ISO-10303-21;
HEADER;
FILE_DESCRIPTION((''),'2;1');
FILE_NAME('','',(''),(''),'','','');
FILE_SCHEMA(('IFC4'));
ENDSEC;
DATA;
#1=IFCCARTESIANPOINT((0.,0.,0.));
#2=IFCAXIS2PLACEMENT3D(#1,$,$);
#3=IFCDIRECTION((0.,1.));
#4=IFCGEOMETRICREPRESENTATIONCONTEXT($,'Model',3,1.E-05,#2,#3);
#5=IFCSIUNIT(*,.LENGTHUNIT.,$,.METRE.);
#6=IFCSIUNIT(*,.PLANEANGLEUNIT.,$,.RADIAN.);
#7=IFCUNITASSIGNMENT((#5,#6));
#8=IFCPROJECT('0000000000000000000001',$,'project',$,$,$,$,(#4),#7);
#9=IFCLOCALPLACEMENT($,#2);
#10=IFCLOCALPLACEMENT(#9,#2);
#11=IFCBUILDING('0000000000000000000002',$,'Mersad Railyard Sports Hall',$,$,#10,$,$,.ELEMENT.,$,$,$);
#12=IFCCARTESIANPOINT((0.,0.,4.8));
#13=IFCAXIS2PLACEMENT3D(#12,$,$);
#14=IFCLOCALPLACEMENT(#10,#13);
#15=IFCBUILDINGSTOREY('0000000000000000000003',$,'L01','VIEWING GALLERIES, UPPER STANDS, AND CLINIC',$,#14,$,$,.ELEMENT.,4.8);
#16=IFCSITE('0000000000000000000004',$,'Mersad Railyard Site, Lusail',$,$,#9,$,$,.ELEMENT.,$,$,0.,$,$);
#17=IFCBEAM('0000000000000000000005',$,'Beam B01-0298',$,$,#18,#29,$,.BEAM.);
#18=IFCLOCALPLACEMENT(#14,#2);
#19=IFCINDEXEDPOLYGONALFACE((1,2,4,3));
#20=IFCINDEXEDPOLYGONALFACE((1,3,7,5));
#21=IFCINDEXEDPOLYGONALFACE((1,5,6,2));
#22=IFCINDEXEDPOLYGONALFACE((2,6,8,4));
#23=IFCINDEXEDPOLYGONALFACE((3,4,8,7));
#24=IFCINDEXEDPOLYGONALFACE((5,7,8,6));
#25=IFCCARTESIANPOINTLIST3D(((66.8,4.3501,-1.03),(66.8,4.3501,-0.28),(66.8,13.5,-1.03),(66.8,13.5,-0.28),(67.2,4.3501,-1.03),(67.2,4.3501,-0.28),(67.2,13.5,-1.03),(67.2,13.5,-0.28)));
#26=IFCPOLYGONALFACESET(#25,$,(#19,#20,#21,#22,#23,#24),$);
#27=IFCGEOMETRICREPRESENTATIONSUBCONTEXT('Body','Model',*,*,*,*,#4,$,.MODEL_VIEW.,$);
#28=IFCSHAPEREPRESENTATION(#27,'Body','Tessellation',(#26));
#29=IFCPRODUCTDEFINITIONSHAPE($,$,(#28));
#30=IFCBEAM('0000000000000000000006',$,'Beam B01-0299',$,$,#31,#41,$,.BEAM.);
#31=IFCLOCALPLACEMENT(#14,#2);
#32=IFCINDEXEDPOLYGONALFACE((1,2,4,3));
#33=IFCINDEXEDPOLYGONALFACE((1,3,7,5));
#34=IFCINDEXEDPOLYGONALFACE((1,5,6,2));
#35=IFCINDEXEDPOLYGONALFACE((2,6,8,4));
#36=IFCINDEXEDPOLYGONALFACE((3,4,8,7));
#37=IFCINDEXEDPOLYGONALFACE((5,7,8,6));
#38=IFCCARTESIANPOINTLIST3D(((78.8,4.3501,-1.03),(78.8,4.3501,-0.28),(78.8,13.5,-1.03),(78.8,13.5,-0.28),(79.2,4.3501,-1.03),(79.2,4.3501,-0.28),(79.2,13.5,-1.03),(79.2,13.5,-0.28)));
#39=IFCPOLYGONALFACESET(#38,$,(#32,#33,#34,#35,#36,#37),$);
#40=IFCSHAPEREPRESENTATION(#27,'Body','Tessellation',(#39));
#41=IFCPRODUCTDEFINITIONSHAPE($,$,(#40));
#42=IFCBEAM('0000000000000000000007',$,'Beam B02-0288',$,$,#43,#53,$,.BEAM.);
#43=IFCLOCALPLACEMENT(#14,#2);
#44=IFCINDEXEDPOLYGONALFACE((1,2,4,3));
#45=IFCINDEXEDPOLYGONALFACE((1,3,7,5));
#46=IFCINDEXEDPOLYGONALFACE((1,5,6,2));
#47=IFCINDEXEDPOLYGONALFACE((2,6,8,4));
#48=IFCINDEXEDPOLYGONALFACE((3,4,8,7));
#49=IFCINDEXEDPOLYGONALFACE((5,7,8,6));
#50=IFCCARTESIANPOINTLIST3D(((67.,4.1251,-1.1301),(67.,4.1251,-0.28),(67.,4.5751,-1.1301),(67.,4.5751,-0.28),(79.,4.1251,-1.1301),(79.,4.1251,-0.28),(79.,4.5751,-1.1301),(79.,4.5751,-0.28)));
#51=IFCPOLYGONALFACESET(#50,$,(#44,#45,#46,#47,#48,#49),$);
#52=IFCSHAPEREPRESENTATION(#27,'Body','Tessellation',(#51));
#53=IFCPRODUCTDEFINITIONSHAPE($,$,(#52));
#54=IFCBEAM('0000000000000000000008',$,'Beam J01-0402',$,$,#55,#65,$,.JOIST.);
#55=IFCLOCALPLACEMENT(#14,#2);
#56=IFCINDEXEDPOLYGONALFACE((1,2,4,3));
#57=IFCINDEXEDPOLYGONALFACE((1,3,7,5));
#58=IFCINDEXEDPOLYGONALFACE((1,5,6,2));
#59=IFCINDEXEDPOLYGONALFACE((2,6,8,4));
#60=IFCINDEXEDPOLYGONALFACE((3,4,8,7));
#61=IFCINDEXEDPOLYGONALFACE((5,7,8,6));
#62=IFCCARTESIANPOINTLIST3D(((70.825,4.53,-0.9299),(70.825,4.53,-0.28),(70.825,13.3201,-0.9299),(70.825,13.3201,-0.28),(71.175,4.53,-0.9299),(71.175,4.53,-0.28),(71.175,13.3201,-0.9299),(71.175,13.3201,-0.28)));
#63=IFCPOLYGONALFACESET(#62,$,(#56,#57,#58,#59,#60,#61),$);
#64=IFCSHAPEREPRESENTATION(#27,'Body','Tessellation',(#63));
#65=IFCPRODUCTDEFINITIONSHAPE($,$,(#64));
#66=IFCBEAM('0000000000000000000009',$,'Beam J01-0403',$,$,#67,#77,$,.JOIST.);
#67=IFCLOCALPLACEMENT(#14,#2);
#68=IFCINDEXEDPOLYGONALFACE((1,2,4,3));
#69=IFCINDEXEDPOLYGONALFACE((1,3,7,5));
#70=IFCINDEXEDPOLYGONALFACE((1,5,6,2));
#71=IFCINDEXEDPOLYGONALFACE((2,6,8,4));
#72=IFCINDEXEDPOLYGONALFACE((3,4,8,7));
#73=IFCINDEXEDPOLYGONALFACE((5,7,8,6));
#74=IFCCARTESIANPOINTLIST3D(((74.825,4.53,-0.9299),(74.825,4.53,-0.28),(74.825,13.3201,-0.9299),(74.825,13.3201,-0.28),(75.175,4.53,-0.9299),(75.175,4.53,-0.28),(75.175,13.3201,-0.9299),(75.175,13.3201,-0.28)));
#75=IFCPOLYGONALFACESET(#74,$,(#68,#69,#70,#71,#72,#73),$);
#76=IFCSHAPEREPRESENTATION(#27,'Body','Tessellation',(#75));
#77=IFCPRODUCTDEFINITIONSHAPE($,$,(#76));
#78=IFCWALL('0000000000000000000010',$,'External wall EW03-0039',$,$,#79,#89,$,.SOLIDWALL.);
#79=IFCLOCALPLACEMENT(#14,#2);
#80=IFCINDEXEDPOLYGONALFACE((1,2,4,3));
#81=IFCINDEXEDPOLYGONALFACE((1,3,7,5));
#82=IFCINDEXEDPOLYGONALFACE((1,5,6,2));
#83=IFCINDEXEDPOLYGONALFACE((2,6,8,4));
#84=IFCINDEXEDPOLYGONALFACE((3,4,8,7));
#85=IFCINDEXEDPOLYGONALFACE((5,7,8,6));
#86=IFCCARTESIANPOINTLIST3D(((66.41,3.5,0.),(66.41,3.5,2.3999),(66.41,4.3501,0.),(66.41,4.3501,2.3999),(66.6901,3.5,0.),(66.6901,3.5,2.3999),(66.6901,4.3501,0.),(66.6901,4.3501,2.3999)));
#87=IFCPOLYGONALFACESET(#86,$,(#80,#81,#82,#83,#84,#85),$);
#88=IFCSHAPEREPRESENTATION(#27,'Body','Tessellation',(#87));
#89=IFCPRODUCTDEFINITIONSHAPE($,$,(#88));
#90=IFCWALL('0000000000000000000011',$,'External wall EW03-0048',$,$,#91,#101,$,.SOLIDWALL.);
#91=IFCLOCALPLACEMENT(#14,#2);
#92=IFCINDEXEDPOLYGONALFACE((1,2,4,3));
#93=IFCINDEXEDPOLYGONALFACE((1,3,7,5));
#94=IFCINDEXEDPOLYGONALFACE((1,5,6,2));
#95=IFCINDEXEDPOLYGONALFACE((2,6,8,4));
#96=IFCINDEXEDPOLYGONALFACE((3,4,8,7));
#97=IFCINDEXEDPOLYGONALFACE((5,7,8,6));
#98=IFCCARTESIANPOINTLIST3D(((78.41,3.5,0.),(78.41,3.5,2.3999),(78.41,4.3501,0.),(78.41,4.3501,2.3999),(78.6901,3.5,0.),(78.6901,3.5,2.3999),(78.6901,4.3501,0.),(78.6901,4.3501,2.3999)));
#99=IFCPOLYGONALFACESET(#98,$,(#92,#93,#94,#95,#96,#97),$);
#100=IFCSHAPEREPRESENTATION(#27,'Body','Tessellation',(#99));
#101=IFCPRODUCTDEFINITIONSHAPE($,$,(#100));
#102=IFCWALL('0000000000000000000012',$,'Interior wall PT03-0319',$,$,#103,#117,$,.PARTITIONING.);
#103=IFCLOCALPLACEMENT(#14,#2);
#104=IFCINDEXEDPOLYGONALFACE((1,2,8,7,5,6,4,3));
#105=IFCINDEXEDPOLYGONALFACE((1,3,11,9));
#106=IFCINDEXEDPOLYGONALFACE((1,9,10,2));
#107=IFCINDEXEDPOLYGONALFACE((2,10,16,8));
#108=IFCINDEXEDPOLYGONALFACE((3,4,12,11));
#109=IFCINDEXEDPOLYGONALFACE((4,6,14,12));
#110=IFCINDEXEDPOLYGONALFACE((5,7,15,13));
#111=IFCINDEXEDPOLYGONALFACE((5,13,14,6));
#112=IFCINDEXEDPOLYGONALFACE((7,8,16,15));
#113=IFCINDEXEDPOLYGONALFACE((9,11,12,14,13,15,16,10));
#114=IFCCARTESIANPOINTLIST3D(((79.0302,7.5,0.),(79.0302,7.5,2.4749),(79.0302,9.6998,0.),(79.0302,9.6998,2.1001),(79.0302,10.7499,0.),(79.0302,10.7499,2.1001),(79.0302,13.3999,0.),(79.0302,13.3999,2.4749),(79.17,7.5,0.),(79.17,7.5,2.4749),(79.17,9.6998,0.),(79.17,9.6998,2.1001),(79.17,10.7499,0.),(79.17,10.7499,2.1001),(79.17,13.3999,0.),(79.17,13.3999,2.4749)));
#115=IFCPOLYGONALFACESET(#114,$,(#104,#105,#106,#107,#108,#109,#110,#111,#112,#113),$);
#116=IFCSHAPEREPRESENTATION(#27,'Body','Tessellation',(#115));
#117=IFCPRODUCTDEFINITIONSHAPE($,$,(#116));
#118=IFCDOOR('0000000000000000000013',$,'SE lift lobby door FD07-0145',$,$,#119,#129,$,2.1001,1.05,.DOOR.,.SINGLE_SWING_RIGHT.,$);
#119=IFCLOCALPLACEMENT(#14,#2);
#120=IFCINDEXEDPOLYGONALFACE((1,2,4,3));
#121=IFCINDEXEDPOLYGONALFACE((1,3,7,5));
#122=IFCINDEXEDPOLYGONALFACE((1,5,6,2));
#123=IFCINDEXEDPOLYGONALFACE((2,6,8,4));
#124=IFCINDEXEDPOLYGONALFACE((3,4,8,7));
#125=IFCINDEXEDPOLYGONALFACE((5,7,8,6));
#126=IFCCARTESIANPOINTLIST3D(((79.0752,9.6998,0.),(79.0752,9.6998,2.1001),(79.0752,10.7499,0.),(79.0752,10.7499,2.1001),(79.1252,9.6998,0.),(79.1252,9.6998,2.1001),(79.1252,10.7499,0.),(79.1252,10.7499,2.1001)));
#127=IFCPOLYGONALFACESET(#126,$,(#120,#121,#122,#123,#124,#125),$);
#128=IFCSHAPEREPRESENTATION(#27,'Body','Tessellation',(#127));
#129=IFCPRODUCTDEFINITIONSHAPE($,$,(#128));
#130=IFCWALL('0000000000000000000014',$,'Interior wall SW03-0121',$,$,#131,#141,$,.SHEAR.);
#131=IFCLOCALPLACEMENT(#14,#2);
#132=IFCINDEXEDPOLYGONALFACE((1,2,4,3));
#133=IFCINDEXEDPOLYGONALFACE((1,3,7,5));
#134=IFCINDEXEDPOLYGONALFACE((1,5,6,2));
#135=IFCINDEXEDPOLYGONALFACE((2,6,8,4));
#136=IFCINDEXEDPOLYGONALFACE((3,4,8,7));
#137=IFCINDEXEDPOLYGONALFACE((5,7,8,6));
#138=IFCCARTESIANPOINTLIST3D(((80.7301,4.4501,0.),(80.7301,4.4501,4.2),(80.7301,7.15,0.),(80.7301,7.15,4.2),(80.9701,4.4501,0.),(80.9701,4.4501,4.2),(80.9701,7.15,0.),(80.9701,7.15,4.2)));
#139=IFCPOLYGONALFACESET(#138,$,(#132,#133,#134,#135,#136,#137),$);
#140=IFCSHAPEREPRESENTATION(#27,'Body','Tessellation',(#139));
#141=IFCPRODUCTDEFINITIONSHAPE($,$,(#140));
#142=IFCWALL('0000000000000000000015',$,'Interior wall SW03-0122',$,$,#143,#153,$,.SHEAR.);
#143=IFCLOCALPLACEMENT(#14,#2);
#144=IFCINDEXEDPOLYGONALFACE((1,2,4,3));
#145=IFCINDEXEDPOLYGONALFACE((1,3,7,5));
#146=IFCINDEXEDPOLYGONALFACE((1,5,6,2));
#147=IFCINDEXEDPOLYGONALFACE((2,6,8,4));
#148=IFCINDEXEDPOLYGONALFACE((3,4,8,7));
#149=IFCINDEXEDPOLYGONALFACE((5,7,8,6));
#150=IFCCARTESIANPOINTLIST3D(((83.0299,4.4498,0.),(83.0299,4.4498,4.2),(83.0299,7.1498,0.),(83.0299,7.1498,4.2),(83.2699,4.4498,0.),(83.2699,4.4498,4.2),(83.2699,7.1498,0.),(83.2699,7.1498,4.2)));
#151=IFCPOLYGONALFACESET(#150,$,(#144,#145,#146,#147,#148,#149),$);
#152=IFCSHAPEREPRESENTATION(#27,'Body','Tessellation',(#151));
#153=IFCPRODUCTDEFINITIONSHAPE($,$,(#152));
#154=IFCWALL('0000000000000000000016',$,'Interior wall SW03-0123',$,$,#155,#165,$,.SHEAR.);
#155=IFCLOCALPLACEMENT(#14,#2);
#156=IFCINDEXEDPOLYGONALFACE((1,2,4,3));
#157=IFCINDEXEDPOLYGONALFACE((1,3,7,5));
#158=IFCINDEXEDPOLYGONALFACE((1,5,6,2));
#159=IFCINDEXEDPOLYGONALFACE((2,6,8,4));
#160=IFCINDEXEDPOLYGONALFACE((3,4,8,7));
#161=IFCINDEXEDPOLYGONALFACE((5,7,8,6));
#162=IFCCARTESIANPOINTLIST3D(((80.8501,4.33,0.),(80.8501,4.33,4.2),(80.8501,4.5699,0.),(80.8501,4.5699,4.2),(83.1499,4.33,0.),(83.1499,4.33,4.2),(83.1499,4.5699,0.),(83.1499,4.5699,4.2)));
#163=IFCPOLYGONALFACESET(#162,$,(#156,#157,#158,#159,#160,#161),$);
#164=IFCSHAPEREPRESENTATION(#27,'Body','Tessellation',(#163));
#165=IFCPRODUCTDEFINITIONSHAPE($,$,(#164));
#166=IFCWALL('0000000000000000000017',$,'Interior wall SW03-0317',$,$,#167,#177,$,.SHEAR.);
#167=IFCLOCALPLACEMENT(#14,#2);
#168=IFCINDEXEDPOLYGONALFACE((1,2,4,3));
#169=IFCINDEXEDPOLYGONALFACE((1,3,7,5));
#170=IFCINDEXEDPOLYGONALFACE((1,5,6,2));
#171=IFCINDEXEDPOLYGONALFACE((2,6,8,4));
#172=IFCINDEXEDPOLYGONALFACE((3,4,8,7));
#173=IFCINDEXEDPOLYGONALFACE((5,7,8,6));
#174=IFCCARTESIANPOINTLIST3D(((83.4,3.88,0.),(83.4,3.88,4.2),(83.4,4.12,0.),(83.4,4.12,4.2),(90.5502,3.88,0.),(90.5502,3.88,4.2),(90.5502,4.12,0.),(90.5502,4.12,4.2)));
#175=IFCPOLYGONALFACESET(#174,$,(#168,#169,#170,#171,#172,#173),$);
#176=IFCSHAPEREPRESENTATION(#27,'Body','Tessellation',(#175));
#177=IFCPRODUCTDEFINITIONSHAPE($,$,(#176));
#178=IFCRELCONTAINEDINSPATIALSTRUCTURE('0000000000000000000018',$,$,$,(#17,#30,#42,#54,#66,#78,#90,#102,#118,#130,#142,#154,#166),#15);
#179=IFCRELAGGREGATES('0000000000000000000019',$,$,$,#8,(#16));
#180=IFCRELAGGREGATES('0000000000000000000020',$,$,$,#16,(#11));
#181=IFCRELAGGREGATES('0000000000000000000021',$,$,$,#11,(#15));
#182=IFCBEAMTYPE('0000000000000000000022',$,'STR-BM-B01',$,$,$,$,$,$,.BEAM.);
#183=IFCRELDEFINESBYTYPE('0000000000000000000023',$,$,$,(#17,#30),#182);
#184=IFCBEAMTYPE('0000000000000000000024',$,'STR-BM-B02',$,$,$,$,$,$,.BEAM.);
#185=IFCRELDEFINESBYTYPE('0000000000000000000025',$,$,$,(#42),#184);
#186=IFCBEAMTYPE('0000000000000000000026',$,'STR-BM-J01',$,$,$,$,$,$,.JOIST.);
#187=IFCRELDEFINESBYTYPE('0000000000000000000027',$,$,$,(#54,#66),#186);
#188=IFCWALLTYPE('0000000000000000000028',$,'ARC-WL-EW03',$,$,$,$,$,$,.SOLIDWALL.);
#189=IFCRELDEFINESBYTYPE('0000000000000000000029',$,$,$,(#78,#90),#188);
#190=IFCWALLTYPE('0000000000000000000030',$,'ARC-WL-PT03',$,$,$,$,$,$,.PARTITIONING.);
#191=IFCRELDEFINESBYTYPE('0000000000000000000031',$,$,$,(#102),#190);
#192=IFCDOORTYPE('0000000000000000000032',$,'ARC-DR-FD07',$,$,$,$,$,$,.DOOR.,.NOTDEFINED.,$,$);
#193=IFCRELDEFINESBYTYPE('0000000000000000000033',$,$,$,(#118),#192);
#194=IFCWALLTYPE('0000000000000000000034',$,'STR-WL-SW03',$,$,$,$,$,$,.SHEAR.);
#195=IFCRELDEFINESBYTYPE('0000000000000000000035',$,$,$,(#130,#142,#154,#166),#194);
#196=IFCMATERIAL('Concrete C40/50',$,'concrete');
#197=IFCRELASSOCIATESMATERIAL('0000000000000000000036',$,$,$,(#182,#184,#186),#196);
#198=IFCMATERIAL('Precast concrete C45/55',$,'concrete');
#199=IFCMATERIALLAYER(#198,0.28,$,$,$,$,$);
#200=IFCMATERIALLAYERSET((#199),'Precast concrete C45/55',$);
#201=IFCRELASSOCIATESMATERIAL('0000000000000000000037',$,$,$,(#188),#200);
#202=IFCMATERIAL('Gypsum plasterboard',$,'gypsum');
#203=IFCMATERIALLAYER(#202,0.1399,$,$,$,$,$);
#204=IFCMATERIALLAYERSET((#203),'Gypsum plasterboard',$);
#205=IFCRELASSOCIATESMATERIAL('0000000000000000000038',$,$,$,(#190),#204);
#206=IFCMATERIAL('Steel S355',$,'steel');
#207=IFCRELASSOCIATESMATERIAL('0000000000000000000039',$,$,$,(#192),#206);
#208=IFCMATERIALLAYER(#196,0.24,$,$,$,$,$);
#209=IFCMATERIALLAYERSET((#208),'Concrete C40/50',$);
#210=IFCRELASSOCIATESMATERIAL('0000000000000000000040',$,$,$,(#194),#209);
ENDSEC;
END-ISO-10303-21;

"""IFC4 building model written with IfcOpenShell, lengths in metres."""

from ifc_helpers import new_model, si_unit, direction, frame, frame_2d, origin, origin_2d, place, context, subcontext, project, spatial, rectangle, extrude, material, layer, layer_set, material_profile, profile_set, type_object, element, fill, save


model = new_model("IFC4")

# Units and contexts
model_context = context("Model", 3, precision=1e-05, world=origin(), true_north=direction((0.0, 1.0)))
body_context = subcontext(model_context, "Body", "Model", "MODEL_VIEW")
ifc_project = project(units=[si_unit("LENGTHUNIT", "METRE"), si_unit("PLANEANGLEUNIT", "RADIAN")], contexts=[model_context])

# Site, building, storey
site_placement = place(None, origin())
site = spatial("IfcSite", under=ifc_project, at=site_placement, Name="Mersad Railyard Site, Lusail", CompositionType="ELEMENT", RefElevation=0.0)
building_placement = place(site_placement, origin())
building = spatial("IfcBuilding", under=site, at=building_placement, Name="Mersad Railyard Sports Hall", CompositionType="ELEMENT")
storey_placement = place(building_placement, frame((0.0, 0.0, 4.8)))
storey = spatial("IfcBuildingStorey", under=building, at=storey_placement, Name="L01", Description="VIEWING GALLERIES, UPPER STANDS, AND CLINIC", CompositionType="ELEMENT", Elevation=4.8)

# Beams
ifc_material_1 = material(Name="Concrete C40/50", Category="concrete")
ifc_material_profile_1 = material_profile(ifc_material_1, rectangle(XDim=0.3999, YDim=0.75, at=origin_2d()), Name="RC 400x750")
ifc_profile_set_1 = profile_set([ifc_material_profile_1], Name="Concrete C40/50")
beam_type_1 = type_object("IfcBeamType", Name="STR-BM-B01", PredefinedType="BEAM", material=ifc_profile_set_1)
for number, where, z_axis, x_axis, name in (
    (1, (67.0, 4.3501, -0.655), (0.0, 1.0, 0.0), (-1.0, 0.0, 0.0), "Beam B01-0298"),
    (2, (79.0, 4.3501, -0.655), (0.0, 1.0, 0.0), (-1.0, 0.0, 0.0), "Beam B01-0299"),
):
    element("IfcBeam", number, at=place(storey_placement, frame(where, z_axis=z_axis, x_axis=x_axis)), inside=storey, type_object=beam_type_1, Name=name, PredefinedType="BEAM", context=body_context, shape_type="SweptSolid", body=[
        extrude(rectangle(XDim=0.3999, YDim=0.75, at=origin_2d()), origin(), (0.0, 0.0, 1.0), 9.1499),
    ])
ifc_material_profile_2 = material_profile(ifc_material_1, rectangle(XDim=0.45, YDim=0.8501, at=origin_2d()), Name="RC 450x850")
ifc_profile_set_2 = profile_set([ifc_material_profile_2], Name="Concrete C40/50")
beam_type_2 = type_object("IfcBeamType", Name="STR-BM-B02", PredefinedType="BEAM", material=ifc_profile_set_2)
beam_placement = place(storey_placement, frame((67.0, 4.3501, -0.7051), z_axis=(1.0, 0.0, 0.0), x_axis=(0.0, 1.0, 0.0)))
element("IfcBeam", 3, at=beam_placement, inside=storey, type_object=beam_type_2, Name="Beam B02-0288", PredefinedType="BEAM", context=body_context, shape_type="SweptSolid", body=[
    extrude(rectangle(XDim=0.45, YDim=0.8501, at=origin_2d()), origin(), (0.0, 0.0, 1.0), 12.0),
])
ifc_material_profile_3 = material_profile(ifc_material_1, rectangle(XDim=0.3501, YDim=0.6499, at=origin_2d()), Name="RC 350x650")
ifc_profile_set_3 = profile_set([ifc_material_profile_3], Name="Concrete C40/50")
beam_type_3 = type_object("IfcBeamType", Name="STR-BM-J01", PredefinedType="JOIST", material=ifc_profile_set_3)
for number, where, z_axis, x_axis, name in (
    (4, (71.0, 4.53, -0.605), (0.0, 1.0, 0.0), (-1.0, 0.0, 0.0), "Beam J01-0402"),
    (5, (75.0, 4.53, -0.605), (0.0, 1.0, 0.0), (-1.0, 0.0, 0.0), "Beam J01-0403"),
):
    element("IfcBeam", number, at=place(storey_placement, frame(where, z_axis=z_axis, x_axis=x_axis)), inside=storey, type_object=beam_type_3, Name=name, PredefinedType="JOIST", context=body_context, shape_type="SweptSolid", body=[
        extrude(rectangle(XDim=0.3501, YDim=0.6499, at=origin_2d()), origin(), (0.0, 0.0, 1.0), 8.79),
    ])

# Walls
ifc_material_2 = material(Name="Precast concrete C45/55", Category="concrete")
ifc_layer_1 = layer(ifc_material_2, 0.28)
ifc_layer_set_1 = layer_set([ifc_layer_1], Name="Precast concrete C45/55")
wall_type_1 = type_object("IfcWallType", Name="ARC-WL-EW03", PredefinedType="SOLIDWALL", material=ifc_layer_set_1)
for number, where, z_axis, x_axis, name in (
    (6, (66.55, 4.3501, 0.0), (0.0, 0.0, 1.0), (0.0, -1.0, 0.0), "External wall EW03-0039"),
    (7, (78.55, 4.3501, 0.0), (0.0, 0.0, 1.0), (0.0, -1.0, 0.0), "External wall EW03-0048"),
):
    element("IfcWall", number, at=place(storey_placement, frame(where, z_axis=z_axis, x_axis=x_axis)), inside=storey, type_object=wall_type_1, Name=name, PredefinedType="SOLIDWALL", context=body_context, shape_type="SweptSolid", body=[
        extrude(rectangle(XDim=0.8501, YDim=0.28, at=frame_2d((0.425, 0.0))), origin(), (0.0, 0.0, 1.0), 2.3999),
    ])

# Wall, opening, door
ifc_material_3 = material(Name="Gypsum plasterboard", Category="gypsum")
ifc_layer_2 = layer(ifc_material_3, 0.1399)
ifc_layer_set_2 = layer_set([ifc_layer_2], Name="Gypsum plasterboard")
wall_type_2 = type_object("IfcWallType", Name="ARC-WL-PT03", PredefinedType="PARTITIONING", material=ifc_layer_set_2)
wall_1_placement = place(storey_placement, frame((79.1001, 7.5, 0.0), z_axis=(0.0, 0.0, 1.0), x_axis=(0.0, 1.0, 0.0)))
wall_1 = element("IfcWall", 8, at=wall_1_placement, inside=storey, type_object=wall_type_2, Name="Interior wall PT03-0319", PredefinedType="PARTITIONING", context=body_context, shape_type="SweptSolid", body=[
    extrude(rectangle(XDim=5.8999, YDim=0.1399, at=frame_2d((2.95, 0.0))), origin(), (0.0, 0.0, 1.0), 2.4749),
])
opening_1_placement = place(wall_1_placement, frame((2.2, 0.0, 0.0)))
opening_1 = element("IfcOpeningElement", 9, at=opening_1_placement, cuts=wall_1, PredefinedType="OPENING", context=body_context, shape_type="SweptSolid", body=[
    extrude(rectangle(XDim=1.05, YDim=2.1001, at=frame_2d((0.5249, 1.05))), frame((0.0, 0.0798, 0.0), z_axis=(0.0, -1.0, 0.0), x_axis=(1.0, 0.0, 0.0)), (0.0, 0.0, 1.0), 0.1599),
])
ifc_material_4 = material(Name="Steel S355", Category="steel")
door_type_1 = type_object("IfcDoorType", Name="ARC-DR-FD07", OperationType="NOTDEFINED", PredefinedType="DOOR", material=ifc_material_4)
door_1_placement = place(opening_1_placement, origin())
door_1 = element("IfcDoor", 10, at=door_1_placement, inside=storey, type_object=door_type_1, Name="SE lift lobby door FD07-0145", OperationType="SINGLE_SWING_RIGHT", OverallHeight=2.1001, OverallWidth=1.05, PredefinedType="DOOR", context=body_context, shape_type="SweptSolid", body=[
    extrude(rectangle(XDim=1.05, YDim=2.1001, at=frame_2d((0.5249, 1.05))), frame((0.0, 0.0249, 0.0), z_axis=(0.0, -1.0, 0.0), x_axis=(1.0, 0.0, 0.0)), (0.0, 0.0, 1.0), 0.05),
])
fill(opening_1, door_1)

# Walls
ifc_layer_3 = layer(ifc_material_1, 0.24)
ifc_layer_set_3 = layer_set([ifc_layer_3], Name="Concrete C40/50")
wall_type_3 = type_object("IfcWallType", Name="STR-WL-SW03", PredefinedType="SHEAR", material=ifc_layer_set_3)
for number, where, z_axis, x_axis, name in (
    (11, (80.8501, 4.45, 0.0), (0.0, 0.0, 1.0), (0.0, 1.0, 0.0), "Interior wall SW03-0121"),
    (12, (83.1499, 7.1499, 0.0), (0.0, 0.0, 1.0), (0.0, -1.0, 0.0), "Interior wall SW03-0122"),
):
    element("IfcWall", number, at=place(storey_placement, frame(where, z_axis=z_axis, x_axis=x_axis)), inside=storey, type_object=wall_type_3, Name=name, PredefinedType="SHEAR", context=body_context, shape_type="SweptSolid", body=[
        extrude(rectangle(XDim=2.7, YDim=0.24, at=frame_2d((1.3501, 0.0))), origin(), (0.0, 0.0, 1.0), 4.2),
    ])
wall_2_placement = place(storey_placement, frame((83.1499, 4.45, 0.0), z_axis=(0.0, 0.0, 1.0), x_axis=(-1.0, 0.0, 0.0)))
element("IfcWall", 13, at=wall_2_placement, inside=storey, type_object=wall_type_3, Name="Interior wall SW03-0123", PredefinedType="SHEAR", context=body_context, shape_type="SweptSolid", body=[
    extrude(rectangle(XDim=2.2998, YDim=0.24, at=frame_2d((1.1499, 0.0))), origin(), (0.0, 0.0, 1.0), 4.2),
])

# Wall
wall_3_placement = place(storey_placement, frame((83.3999, 4.0, 0.0), z_axis=(0.0, 0.0, 1.0), x_axis=(1.0, 0.0, 0.0)))
element("IfcWall", 14, at=wall_3_placement, inside=storey, type_object=wall_type_3, Name="Interior wall SW03-0317", PredefinedType="SHEAR", context=body_context, shape_type="SweptSolid", body=[
    extrude(rectangle(XDim=7.1501, YDim=0.24, at=frame_2d((3.5752, 0.0))), origin(), (0.0, 0.0, 1.0), 4.2),
])

save(model, "model.ifc")
